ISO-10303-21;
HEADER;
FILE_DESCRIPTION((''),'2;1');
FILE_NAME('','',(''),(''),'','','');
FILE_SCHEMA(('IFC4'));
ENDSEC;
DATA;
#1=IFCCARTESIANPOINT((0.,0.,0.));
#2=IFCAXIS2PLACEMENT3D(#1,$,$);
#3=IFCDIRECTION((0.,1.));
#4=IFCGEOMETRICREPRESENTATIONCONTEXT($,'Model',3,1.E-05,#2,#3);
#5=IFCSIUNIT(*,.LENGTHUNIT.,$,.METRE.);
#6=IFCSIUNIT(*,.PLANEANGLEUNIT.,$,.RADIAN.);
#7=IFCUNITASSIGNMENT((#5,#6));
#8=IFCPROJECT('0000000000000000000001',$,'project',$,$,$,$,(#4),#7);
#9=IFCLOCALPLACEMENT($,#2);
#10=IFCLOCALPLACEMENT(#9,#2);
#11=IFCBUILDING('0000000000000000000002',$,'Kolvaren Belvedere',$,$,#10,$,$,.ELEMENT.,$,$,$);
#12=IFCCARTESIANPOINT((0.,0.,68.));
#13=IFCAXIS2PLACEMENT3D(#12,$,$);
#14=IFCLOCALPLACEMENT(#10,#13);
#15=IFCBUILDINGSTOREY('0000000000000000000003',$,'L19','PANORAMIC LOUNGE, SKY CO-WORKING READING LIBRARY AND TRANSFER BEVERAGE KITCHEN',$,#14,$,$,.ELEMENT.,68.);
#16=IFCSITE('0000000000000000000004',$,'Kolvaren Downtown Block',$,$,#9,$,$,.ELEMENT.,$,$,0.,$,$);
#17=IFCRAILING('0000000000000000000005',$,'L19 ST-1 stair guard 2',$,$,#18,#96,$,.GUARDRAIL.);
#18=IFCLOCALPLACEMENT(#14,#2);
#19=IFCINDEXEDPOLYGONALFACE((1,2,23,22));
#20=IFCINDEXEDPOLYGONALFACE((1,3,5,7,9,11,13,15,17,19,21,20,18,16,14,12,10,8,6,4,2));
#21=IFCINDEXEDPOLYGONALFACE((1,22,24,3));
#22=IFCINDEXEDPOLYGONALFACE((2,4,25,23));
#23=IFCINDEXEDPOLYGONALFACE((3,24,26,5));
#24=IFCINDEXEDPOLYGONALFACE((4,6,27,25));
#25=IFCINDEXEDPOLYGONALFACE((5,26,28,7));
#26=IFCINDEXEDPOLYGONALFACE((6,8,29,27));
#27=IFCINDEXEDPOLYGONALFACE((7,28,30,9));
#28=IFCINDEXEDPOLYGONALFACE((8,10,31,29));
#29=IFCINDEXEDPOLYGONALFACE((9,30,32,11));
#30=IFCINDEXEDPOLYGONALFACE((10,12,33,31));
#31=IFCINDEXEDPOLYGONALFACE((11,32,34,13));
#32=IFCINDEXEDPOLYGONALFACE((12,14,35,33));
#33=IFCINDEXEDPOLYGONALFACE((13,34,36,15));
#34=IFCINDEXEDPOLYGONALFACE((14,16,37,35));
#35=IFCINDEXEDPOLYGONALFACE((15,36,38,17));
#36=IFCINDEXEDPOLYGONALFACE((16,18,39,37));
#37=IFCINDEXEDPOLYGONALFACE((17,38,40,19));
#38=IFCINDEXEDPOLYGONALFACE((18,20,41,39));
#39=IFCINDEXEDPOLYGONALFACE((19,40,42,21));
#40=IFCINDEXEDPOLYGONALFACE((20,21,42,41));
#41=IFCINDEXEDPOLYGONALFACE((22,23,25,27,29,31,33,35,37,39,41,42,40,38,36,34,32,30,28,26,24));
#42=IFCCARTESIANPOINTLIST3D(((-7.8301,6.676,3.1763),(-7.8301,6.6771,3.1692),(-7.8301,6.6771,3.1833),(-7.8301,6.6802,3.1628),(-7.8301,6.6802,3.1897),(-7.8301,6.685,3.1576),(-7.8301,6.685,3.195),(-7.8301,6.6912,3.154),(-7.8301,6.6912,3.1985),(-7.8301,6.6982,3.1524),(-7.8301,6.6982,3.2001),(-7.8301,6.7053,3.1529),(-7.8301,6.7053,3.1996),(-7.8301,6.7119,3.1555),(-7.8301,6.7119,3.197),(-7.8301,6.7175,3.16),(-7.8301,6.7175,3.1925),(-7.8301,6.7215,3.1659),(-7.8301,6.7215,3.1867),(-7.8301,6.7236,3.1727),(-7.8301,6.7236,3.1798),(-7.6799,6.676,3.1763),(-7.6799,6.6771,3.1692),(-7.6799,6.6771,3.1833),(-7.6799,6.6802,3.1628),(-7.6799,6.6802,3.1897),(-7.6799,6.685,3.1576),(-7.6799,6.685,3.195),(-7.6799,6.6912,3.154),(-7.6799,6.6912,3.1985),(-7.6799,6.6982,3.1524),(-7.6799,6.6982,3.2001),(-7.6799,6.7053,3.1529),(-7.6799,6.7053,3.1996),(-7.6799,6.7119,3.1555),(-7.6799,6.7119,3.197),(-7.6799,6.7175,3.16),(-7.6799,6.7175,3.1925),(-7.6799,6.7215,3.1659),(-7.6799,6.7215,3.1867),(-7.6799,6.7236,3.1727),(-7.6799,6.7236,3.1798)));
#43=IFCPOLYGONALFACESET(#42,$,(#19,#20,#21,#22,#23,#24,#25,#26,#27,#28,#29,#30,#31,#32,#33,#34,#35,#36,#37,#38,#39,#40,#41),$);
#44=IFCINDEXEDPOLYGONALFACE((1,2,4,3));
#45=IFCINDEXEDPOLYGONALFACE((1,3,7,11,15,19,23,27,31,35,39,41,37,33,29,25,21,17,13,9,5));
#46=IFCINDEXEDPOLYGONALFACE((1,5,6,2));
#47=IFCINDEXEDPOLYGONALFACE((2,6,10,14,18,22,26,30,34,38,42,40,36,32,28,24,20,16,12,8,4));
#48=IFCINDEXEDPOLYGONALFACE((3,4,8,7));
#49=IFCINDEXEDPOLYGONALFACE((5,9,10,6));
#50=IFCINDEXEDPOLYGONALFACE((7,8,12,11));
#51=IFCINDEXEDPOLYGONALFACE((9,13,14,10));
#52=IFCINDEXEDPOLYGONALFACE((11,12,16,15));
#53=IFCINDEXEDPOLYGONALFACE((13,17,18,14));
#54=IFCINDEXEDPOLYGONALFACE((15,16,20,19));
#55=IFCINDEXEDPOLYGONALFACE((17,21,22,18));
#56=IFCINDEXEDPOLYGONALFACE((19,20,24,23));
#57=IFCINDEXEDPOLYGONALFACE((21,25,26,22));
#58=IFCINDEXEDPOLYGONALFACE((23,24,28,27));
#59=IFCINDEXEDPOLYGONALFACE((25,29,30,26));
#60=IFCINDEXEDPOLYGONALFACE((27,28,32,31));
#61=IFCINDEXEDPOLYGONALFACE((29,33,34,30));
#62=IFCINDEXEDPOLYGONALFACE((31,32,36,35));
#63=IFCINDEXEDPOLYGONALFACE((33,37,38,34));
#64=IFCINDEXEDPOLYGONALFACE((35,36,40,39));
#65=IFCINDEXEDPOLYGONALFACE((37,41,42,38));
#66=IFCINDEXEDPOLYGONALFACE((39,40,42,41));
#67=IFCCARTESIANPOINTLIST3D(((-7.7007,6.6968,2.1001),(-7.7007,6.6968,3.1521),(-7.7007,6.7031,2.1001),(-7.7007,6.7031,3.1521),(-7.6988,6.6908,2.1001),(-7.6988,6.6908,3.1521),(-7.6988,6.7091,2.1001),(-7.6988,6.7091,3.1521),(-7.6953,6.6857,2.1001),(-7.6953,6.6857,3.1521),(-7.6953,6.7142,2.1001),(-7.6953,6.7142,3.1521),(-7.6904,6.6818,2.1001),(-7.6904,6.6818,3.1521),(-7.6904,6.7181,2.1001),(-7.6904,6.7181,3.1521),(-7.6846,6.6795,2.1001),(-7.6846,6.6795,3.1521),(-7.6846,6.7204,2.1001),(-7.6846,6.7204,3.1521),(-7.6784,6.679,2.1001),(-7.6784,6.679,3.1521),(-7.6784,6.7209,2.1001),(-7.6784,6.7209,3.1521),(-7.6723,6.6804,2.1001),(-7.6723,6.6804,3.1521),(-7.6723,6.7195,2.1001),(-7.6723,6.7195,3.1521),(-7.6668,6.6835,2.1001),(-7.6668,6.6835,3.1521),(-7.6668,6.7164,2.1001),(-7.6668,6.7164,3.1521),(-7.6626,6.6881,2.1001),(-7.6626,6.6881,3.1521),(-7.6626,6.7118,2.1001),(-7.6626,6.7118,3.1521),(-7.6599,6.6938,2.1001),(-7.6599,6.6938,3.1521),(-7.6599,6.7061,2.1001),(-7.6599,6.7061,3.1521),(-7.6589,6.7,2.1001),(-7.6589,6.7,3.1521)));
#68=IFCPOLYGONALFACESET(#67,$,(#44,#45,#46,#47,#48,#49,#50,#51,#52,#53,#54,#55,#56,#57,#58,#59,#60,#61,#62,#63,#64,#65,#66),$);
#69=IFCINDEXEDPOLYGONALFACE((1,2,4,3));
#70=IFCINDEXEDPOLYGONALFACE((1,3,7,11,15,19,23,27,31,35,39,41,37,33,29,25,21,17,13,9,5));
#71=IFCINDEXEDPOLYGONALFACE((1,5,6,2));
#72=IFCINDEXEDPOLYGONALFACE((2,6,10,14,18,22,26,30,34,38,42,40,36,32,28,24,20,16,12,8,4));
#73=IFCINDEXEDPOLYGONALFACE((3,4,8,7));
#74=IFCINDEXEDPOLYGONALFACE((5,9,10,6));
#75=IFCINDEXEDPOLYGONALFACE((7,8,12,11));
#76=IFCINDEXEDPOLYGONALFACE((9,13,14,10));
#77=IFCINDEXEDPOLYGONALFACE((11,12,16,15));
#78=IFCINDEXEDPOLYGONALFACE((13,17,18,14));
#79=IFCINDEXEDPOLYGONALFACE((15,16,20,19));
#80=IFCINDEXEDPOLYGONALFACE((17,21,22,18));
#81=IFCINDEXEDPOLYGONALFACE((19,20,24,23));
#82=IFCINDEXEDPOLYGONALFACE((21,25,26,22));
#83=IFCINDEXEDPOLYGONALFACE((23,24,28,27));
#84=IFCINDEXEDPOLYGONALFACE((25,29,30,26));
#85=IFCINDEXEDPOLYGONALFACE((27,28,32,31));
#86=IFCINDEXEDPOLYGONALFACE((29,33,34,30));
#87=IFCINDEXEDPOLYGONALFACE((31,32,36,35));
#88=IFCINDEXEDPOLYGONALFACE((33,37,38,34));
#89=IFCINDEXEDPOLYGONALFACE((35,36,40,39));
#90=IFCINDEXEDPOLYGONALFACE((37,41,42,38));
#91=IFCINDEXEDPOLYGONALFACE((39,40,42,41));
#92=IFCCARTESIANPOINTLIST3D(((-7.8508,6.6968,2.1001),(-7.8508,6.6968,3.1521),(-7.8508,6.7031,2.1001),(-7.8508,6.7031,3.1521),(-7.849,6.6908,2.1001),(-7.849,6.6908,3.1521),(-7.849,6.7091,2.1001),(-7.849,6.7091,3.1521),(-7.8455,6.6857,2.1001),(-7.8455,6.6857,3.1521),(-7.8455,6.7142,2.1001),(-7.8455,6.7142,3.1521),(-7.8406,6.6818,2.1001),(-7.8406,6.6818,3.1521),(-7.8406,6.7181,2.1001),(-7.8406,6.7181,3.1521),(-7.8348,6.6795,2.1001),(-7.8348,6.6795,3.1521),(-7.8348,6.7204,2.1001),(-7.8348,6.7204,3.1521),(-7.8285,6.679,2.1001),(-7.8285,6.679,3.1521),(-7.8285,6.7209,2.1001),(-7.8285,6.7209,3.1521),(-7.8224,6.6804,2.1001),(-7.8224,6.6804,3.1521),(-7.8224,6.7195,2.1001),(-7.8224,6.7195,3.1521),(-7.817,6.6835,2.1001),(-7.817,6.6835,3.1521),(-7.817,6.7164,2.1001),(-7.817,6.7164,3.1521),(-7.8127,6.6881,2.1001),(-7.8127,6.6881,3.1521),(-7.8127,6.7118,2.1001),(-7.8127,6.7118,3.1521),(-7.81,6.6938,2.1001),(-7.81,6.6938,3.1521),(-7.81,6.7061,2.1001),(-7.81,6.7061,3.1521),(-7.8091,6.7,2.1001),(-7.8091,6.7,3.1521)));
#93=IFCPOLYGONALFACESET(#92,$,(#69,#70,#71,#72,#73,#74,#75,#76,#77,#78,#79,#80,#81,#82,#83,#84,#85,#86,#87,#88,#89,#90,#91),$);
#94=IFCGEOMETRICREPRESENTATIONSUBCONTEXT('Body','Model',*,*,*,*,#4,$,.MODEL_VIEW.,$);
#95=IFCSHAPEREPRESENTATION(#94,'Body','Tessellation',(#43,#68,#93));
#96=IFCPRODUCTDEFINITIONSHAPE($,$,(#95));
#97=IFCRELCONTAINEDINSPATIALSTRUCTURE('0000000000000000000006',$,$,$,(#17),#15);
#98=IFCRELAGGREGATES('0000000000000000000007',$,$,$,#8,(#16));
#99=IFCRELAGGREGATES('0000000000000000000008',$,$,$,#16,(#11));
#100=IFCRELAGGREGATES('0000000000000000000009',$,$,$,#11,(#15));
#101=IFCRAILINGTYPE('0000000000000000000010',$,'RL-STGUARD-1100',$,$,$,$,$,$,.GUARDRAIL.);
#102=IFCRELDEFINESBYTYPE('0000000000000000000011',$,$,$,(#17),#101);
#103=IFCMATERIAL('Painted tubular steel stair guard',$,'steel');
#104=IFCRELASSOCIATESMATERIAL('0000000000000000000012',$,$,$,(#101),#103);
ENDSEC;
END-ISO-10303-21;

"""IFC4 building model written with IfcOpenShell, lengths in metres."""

from ifc_helpers import new_model, si_unit, direction, frame, origin, origin_2d, place, context, subcontext, project, spatial, circle, extrude, material, type_object, element, save


model = new_model("IFC4")

# Units and contexts
model_context = context("Model", 3, precision=1e-05, world=origin(), true_north=direction((0.0, 1.0)))
body_context = subcontext(model_context, "Body", "Model", "MODEL_VIEW")
ifc_project = project(units=[si_unit("LENGTHUNIT", "METRE"), si_unit("PLANEANGLEUNIT", "RADIAN")], contexts=[model_context])

# Site, building, storey
site_placement = place(None, origin())
site = spatial("IfcSite", under=ifc_project, at=site_placement, Name="Kolvaren Downtown Block", CompositionType="ELEMENT", RefElevation=0.0)
building_placement = place(site_placement, origin())
building = spatial("IfcBuilding", under=site, at=building_placement, Name="Kolvaren Belvedere", CompositionType="ELEMENT")
storey_placement = place(building_placement, frame((0.0, 0.0, 68.0)))
storey = spatial("IfcBuildingStorey", under=building, at=storey_placement, Name="L19", Description="PANORAMIC LOUNGE, SKY CO-WORKING READING LIBRARY AND TRANSFER BEVERAGE KITCHEN", CompositionType="ELEMENT", Elevation=68.0)

# Railing
ifc_material_1 = material(Name="Painted tubular steel stair guard", Category="steel")
railing_type_1 = type_object("IfcRailingType", Name="RL-STGUARD-1100", PredefinedType="GUARDRAIL", material=ifc_material_1)
railing_1_placement = place(storey_placement, frame((-7.6799, 6.7, 2.1001)))
element("IfcRailing", 1, at=railing_1_placement, inside=storey, type_object=railing_type_1, Name="L19 ST-1 stair guard 2", PredefinedType="GUARDRAIL", context=body_context, shape_type="SweptSolid", body=[
    extrude(circle(Radius=0.0239, at=origin_2d()), frame((0.0, 0.0, 1.0762), z_axis=(-1.0, 0.0, 0.0), x_axis=(0.0, -1.0, 0.0)), (0.0, 0.0, 1.0), 0.1501),
    extrude(circle(Radius=0.021, at=origin_2d()), origin(), (0.0, 0.0, 1.0), 1.052),
    extrude(circle(Radius=0.021, at=origin_2d()), frame((-0.1501, 0.0, 0.0)), (0.0, 0.0, 1.0), 1.052),
])

save(model, "model.ifc")
